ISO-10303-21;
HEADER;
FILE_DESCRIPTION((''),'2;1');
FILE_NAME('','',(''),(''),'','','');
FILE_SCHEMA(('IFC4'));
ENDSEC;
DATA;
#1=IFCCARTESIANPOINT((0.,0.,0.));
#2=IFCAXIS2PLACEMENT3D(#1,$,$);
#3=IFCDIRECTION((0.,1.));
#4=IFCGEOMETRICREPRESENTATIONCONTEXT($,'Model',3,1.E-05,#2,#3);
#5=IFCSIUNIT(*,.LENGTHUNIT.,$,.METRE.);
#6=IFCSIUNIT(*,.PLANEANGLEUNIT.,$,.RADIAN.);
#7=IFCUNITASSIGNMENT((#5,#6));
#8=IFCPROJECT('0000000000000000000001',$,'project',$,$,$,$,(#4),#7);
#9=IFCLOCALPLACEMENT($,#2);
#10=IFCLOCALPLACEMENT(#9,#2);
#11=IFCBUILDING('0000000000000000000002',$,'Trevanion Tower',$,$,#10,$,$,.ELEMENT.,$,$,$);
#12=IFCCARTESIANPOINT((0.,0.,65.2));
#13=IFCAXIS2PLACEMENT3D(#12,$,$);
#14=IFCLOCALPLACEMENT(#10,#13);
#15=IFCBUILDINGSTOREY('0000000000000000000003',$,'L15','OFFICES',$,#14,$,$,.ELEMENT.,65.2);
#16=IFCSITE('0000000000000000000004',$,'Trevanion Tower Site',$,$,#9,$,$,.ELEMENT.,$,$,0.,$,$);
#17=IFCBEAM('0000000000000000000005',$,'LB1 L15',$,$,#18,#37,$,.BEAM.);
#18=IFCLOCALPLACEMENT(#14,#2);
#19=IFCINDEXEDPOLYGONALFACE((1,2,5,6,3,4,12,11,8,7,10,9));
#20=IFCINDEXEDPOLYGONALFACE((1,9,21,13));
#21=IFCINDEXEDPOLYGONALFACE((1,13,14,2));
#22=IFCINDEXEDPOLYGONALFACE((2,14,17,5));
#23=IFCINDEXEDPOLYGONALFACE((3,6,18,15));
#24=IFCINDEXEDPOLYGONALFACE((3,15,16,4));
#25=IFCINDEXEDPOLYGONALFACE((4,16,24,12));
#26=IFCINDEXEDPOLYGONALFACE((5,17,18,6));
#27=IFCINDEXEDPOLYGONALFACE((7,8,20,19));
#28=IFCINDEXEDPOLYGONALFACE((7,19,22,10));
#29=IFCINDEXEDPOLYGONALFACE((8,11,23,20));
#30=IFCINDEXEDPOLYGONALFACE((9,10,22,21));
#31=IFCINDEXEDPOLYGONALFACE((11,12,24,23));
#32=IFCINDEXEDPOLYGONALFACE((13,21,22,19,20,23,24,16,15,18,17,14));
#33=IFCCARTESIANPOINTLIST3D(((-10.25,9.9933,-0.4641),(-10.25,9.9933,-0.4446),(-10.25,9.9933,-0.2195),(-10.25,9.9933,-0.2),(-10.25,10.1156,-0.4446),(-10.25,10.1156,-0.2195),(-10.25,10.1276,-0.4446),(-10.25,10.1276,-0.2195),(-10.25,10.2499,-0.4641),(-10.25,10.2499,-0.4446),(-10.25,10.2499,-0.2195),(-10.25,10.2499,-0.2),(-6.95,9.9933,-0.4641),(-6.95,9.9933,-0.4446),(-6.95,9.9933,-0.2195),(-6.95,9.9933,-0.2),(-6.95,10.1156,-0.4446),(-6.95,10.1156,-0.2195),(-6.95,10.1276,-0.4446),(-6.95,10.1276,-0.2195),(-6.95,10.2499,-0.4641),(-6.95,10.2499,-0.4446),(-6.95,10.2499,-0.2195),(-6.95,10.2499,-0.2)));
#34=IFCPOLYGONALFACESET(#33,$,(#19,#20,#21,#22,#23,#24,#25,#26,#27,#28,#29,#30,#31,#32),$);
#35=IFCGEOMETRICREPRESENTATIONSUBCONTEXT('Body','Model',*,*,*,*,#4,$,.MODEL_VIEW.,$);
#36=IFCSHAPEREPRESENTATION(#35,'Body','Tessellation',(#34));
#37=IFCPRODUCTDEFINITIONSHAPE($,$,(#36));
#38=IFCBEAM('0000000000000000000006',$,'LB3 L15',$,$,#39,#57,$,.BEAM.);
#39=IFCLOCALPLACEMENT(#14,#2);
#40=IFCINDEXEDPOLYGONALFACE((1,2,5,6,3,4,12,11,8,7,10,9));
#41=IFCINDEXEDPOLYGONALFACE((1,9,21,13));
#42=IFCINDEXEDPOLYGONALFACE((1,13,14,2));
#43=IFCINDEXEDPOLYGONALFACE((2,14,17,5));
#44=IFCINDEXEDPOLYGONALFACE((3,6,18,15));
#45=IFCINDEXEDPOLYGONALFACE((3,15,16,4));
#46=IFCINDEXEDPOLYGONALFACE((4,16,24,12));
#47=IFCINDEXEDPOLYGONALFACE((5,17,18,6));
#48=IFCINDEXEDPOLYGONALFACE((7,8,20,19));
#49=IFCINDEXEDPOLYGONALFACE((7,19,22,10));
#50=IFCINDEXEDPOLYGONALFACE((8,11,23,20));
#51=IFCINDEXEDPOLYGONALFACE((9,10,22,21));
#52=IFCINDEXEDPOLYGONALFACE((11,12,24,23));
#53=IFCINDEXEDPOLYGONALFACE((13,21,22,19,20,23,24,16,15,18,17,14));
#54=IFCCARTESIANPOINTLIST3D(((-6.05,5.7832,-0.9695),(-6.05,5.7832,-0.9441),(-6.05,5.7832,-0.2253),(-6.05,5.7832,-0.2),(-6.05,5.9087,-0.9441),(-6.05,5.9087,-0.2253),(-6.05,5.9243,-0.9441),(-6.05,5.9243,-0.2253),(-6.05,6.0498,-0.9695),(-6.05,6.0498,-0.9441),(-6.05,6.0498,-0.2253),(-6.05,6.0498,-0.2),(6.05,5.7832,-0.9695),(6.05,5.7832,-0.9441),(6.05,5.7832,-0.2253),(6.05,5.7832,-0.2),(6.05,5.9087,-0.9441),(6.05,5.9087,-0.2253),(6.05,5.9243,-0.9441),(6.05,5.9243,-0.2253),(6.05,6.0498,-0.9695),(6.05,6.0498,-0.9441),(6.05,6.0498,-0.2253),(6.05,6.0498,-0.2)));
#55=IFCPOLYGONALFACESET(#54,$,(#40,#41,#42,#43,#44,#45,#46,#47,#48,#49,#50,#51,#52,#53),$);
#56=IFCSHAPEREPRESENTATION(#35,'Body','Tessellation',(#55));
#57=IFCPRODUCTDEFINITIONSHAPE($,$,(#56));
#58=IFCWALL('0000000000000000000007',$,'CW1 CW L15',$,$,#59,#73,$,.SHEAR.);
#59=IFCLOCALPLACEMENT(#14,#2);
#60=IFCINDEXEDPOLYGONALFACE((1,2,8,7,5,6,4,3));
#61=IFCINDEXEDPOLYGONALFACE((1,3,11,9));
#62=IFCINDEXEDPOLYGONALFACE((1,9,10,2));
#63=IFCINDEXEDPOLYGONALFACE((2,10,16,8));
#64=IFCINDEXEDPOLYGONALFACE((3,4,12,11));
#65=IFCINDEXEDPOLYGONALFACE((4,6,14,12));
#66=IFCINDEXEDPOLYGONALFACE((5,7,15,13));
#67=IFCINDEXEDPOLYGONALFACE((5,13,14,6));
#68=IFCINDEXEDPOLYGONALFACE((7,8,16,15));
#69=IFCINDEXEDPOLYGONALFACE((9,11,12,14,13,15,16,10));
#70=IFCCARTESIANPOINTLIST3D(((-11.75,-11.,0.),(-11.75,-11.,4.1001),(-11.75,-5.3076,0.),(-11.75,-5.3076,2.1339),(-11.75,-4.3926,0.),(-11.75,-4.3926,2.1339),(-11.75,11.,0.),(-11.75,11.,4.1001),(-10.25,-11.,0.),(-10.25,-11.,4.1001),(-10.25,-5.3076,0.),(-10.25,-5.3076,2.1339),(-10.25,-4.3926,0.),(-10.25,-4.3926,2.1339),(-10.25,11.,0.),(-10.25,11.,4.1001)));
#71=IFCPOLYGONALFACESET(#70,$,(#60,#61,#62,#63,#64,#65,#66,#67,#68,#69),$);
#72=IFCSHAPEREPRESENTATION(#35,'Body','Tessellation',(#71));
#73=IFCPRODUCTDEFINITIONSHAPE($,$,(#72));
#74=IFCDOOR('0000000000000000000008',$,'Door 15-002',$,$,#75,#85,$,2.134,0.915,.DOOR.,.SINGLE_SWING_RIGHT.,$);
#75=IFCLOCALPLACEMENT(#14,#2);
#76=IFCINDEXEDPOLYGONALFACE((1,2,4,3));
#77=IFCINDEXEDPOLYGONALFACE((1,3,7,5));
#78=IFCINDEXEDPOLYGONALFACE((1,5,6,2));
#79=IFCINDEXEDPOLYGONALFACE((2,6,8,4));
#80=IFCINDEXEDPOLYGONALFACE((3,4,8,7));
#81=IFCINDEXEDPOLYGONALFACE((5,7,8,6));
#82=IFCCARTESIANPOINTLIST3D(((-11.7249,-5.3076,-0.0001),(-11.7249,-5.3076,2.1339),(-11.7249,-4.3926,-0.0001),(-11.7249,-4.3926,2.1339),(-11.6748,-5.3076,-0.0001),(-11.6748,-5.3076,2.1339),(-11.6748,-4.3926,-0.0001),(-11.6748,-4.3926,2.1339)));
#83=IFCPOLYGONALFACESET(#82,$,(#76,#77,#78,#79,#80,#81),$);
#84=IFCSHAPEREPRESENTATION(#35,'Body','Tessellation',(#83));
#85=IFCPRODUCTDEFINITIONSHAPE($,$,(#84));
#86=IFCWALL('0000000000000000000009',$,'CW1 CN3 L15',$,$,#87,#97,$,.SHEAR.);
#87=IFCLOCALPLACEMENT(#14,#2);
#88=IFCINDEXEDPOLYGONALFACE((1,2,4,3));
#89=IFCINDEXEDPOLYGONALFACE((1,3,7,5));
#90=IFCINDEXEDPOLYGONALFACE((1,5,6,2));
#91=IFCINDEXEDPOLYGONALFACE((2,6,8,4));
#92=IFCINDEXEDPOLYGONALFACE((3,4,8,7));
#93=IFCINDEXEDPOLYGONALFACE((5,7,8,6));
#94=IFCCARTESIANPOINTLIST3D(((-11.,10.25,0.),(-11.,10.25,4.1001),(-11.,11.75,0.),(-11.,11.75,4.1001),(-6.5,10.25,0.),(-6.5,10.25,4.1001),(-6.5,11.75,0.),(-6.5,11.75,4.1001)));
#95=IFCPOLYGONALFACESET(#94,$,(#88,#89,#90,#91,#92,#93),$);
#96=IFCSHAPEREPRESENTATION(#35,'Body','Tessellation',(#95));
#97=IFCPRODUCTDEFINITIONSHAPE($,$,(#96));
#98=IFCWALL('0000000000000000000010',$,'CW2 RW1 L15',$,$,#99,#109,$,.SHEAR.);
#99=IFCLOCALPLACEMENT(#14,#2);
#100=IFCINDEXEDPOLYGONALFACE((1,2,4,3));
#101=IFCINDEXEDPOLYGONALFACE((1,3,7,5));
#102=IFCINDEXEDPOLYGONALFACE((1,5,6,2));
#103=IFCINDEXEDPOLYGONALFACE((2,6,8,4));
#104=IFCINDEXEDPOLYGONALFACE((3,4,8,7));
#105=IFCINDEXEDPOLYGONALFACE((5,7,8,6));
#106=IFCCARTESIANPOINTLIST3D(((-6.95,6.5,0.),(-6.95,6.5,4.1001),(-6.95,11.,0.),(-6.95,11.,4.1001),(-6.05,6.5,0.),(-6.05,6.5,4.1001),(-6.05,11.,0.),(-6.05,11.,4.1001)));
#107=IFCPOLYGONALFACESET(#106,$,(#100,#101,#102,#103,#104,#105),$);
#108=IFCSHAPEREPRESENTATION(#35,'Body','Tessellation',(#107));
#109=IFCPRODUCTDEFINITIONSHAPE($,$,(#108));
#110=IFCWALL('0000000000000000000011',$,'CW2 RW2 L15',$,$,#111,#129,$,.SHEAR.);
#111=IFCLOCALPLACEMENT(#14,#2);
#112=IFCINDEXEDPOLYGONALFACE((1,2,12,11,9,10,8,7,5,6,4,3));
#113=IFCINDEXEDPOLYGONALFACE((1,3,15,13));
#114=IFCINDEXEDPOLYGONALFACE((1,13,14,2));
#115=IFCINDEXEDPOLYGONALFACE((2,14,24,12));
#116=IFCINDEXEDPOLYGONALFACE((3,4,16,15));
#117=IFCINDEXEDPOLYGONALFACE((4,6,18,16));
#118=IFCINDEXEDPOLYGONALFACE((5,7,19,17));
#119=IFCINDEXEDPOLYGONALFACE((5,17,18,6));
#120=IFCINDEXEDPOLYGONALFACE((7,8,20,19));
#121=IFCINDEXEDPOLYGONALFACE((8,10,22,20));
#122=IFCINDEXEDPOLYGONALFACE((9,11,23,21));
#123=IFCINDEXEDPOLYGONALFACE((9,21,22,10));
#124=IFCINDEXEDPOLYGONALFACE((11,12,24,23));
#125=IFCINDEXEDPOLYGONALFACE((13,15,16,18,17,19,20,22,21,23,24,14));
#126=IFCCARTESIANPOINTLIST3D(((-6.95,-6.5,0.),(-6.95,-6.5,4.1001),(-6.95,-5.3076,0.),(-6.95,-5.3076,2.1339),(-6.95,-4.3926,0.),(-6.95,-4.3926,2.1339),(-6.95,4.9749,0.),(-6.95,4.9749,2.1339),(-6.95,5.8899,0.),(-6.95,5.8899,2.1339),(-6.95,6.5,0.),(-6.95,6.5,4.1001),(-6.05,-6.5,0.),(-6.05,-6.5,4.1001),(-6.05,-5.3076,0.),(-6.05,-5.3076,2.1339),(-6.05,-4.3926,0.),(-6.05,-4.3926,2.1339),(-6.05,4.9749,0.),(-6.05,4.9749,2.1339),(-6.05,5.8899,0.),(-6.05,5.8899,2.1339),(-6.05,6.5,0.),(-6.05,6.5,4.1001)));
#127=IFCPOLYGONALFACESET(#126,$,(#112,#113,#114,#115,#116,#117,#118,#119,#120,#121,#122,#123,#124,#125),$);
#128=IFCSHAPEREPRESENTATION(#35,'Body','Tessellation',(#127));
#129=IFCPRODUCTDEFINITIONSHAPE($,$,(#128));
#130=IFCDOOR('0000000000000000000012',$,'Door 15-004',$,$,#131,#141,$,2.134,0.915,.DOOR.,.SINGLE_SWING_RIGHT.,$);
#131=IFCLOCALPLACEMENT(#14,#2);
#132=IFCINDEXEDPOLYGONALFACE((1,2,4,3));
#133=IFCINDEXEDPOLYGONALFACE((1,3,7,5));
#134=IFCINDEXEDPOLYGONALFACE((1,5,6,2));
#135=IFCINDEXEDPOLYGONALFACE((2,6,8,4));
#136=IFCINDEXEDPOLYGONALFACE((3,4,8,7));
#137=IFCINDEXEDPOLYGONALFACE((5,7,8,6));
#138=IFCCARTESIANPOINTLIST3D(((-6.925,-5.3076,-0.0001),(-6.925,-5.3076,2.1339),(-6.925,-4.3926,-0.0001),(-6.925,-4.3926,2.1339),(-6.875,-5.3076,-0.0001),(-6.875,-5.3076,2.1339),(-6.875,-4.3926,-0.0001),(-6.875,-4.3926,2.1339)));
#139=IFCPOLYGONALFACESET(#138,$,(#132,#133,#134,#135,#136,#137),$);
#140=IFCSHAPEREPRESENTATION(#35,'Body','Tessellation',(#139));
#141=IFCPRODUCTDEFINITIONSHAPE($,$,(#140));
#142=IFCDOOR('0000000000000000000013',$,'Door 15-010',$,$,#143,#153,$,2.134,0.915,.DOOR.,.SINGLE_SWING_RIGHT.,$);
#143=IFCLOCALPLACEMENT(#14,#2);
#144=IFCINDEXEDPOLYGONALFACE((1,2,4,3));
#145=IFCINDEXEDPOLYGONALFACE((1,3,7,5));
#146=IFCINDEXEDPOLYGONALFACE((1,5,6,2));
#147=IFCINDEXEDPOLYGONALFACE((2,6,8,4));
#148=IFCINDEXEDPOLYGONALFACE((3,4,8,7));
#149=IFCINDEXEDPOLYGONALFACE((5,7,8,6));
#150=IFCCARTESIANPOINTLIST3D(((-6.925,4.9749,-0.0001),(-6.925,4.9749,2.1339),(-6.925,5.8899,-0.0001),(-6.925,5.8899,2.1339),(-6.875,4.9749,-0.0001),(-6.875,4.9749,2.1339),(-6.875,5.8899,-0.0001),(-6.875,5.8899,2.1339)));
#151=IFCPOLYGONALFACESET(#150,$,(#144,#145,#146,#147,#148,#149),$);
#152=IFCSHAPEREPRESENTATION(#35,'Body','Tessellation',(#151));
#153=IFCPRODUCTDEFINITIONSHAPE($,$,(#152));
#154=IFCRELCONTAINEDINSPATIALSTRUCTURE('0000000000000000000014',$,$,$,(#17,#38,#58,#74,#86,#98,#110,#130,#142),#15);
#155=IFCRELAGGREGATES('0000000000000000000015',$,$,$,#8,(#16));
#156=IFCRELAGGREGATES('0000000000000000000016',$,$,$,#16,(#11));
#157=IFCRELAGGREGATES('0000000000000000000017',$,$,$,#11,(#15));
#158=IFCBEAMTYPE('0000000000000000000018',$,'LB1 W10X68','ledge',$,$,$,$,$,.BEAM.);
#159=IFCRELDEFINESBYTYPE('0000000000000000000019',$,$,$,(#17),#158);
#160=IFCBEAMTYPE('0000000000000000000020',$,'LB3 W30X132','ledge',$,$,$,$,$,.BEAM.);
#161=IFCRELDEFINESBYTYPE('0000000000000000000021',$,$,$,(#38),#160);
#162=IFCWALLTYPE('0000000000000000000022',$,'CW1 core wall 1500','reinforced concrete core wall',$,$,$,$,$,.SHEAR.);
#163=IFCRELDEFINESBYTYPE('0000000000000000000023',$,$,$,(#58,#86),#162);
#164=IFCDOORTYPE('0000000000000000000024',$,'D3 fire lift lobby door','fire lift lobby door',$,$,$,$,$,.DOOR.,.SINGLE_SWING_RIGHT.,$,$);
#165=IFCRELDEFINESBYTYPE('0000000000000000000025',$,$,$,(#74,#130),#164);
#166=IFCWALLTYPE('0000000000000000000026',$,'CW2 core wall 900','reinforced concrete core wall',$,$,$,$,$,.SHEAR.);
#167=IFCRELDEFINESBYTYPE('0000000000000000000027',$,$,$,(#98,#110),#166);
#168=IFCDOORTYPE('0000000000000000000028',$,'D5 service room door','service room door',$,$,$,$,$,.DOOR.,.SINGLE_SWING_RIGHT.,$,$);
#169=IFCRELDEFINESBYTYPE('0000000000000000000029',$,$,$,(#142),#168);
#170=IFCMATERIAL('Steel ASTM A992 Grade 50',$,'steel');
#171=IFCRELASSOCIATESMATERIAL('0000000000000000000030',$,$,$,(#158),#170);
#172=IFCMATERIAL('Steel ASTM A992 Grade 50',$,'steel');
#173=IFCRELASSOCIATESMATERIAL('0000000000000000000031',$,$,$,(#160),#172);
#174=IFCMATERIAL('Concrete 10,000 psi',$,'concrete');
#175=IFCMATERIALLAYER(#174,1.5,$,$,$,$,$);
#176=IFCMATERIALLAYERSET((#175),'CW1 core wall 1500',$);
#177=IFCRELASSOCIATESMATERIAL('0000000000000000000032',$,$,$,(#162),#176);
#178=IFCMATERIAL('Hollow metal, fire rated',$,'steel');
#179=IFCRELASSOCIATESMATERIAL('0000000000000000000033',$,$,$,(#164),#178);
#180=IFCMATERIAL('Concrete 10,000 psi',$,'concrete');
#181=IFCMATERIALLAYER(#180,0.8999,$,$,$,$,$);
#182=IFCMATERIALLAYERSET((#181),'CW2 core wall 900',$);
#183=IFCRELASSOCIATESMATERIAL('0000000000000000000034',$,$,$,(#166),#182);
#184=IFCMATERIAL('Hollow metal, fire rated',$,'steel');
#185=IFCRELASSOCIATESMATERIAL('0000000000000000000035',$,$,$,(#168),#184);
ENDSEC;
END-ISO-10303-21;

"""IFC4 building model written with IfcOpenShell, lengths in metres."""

from ifc_helpers import new_model, si_unit, direction, frame, frame_2d, origin, origin_2d, place, context, subcontext, project, spatial, rectangle, i_section, extrude, material, layer, layer_set, material_profile, profile_set, type_object, element, fill, save


model = new_model("IFC4")

# Units and contexts
model_context = context("Model", 3, precision=1e-05, world=origin(), true_north=direction((0.0, 1.0)))
body_context = subcontext(model_context, "Body", "Model", "MODEL_VIEW")
ifc_project = project(units=[si_unit("LENGTHUNIT", "METRE"), si_unit("PLANEANGLEUNIT", "RADIAN")], contexts=[model_context])

# Site, building, storey
site_placement = place(None, origin())
site = spatial("IfcSite", under=ifc_project, at=site_placement, Name="Trevanion Tower Site", CompositionType="ELEMENT", RefElevation=0.0)
building_placement = place(site_placement, origin())
building = spatial("IfcBuilding", under=site, at=building_placement, Name="Trevanion Tower", CompositionType="ELEMENT")
storey_placement = place(building_placement, frame((0.0, 0.0, 65.2)))
storey = spatial("IfcBuildingStorey", under=building, at=storey_placement, Name="L15", Description="OFFICES", CompositionType="ELEMENT", Elevation=65.2)

# Beams
ifc_material_1 = material(Name="Steel ASTM A992 Grade 50", Category="steel")
ifc_material_profile_1 = material_profile(ifc_material_1, i_section(OverallWidth=0.2566, OverallDepth=0.2642, WebThickness=0.012, FlangeThickness=0.0195, at=origin_2d()), Name="W10X68")
ifc_profile_set_1 = profile_set([ifc_material_profile_1], Name="Steel ASTM A992 Grade 50")
beam_type_1 = type_object("IfcBeamType", Name="LB1 W10X68", Description="ledge", PredefinedType="BEAM", material=ifc_profile_set_1)
beam_1_placement = place(storey_placement, frame((-10.25, 10.1216, -0.332), z_axis=(1.0, 0.0, 0.0), x_axis=(0.0, 1.0, 0.0)))
element("IfcBeam", 1, at=beam_1_placement, inside=storey, type_object=beam_type_1, Name="LB1 L15", PredefinedType="BEAM", context=body_context, shape_type="SweptSolid", body=[
    extrude(i_section(OverallWidth=0.2566, OverallDepth=0.2642, WebThickness=0.012, FlangeThickness=0.0195, at=origin_2d()), origin(), (0.0, 0.0, 1.0), 3.3),
])
ifc_material_2 = material(Name="Steel ASTM A992 Grade 50", Category="steel")
ifc_material_profile_2 = material_profile(ifc_material_2, i_section(OverallWidth=0.2666, OverallDepth=0.7695, WebThickness=0.0156, FlangeThickness=0.0254, at=origin_2d()), Name="W30X132")
ifc_profile_set_2 = profile_set([ifc_material_profile_2], Name="Steel ASTM A992 Grade 50")
beam_type_2 = type_object("IfcBeamType", Name="LB3 W30X132", Description="ledge", PredefinedType="BEAM", material=ifc_profile_set_2)
beam_2_placement = place(storey_placement, frame((-6.05, 5.9165, -0.5847), z_axis=(1.0, 0.0, 0.0), x_axis=(0.0, 1.0, 0.0)))
element("IfcBeam", 2, at=beam_2_placement, inside=storey, type_object=beam_type_2, Name="LB3 L15", PredefinedType="BEAM", context=body_context, shape_type="SweptSolid", body=[
    extrude(i_section(OverallWidth=0.2666, OverallDepth=0.7695, WebThickness=0.0156, FlangeThickness=0.0254, at=origin_2d()), origin(), (0.0, 0.0, 1.0), 12.1001),
])

# Wall, opening, door
ifc_material_3 = material(Name="Concrete 10,000 psi", Category="concrete")
ifc_layer_1 = layer(ifc_material_3, 1.5)
ifc_layer_set_1 = layer_set([ifc_layer_1], Name="CW1 core wall 1500")
wall_type_1 = type_object("IfcWallType", Name="CW1 core wall 1500", Description="reinforced concrete core wall", PredefinedType="SHEAR", material=ifc_layer_set_1)
wall_1_placement = place(storey_placement, frame((-11.0, 11.0, 0.0), z_axis=(0.0, 0.0, 1.0), x_axis=(0.0, -1.0, 0.0)))
wall_1 = element("IfcWall", 3, at=wall_1_placement, inside=storey, type_object=wall_type_1, Name="CW1 CW L15", PredefinedType="SHEAR", context=body_context, shape_type="SweptSolid", body=[
    extrude(rectangle(XDim=22.0, YDim=1.5, at=frame_2d((11.0, 0.0))), origin(), (0.0, 0.0, 1.0), 4.1001),
])
opening_1_placement = place(wall_1_placement, frame((15.3926, 0.0, 0.0)))
opening_1 = element("IfcOpeningElement", 4, at=opening_1_placement, cuts=wall_1, PredefinedType="OPENING", context=body_context, shape_type="SweptSolid", body=[
    extrude(rectangle(XDim=0.915, YDim=2.134, at=frame_2d((0.4575, 1.0669))), frame((0.0, 0.76, 0.0), z_axis=(0.0, -1.0, 0.0), x_axis=(1.0, 0.0, 0.0)), (0.0, 0.0, 1.0), 1.52),
])
ifc_material_4 = material(Name="Hollow metal, fire rated", Category="steel")
door_type_1 = type_object("IfcDoorType", Name="D3 fire lift lobby door", Description="fire lift lobby door", OperationType="SINGLE_SWING_RIGHT", PredefinedType="DOOR", material=ifc_material_4)
door_1_placement = place(opening_1_placement, origin())
door_1 = element("IfcDoor", 5, at=door_1_placement, inside=storey, type_object=door_type_1, Name="Door 15-002", OperationType="SINGLE_SWING_RIGHT", OverallHeight=2.134, OverallWidth=0.915, PredefinedType="DOOR", context=body_context, shape_type="SweptSolid", body=[
    extrude(rectangle(XDim=0.915, YDim=2.134, at=frame_2d((0.4575, 1.0669))), frame((0.0, -0.6748, 0.0), z_axis=(0.0, -1.0, 0.0), x_axis=(1.0, 0.0, 0.0)), (0.0, 0.0, 1.0), 0.05),
])
fill(opening_1, door_1)

# Walls
wall_2_placement = place(storey_placement, frame((-6.5, 11.0, 0.0), z_axis=(0.0, 0.0, 1.0), x_axis=(-1.0, 0.0, 0.0)))
element("IfcWall", 6, at=wall_2_placement, inside=storey, type_object=wall_type_1, Name="CW1 CN3 L15", PredefinedType="SHEAR", context=body_context, shape_type="SweptSolid", body=[
    extrude(rectangle(XDim=4.5, YDim=1.5, at=frame_2d((2.25, 0.0))), origin(), (0.0, 0.0, 1.0), 4.1001),
])
ifc_material_5 = material(Name="Concrete 10,000 psi", Category="concrete")
ifc_layer_2 = layer(ifc_material_5, 0.8999)
ifc_layer_set_2 = layer_set([ifc_layer_2], Name="CW2 core wall 900")
wall_type_2 = type_object("IfcWallType", Name="CW2 core wall 900", Description="reinforced concrete core wall", PredefinedType="SHEAR", material=ifc_layer_set_2)
wall_3_placement = place(storey_placement, frame((-6.5, 11.0, 0.0), z_axis=(0.0, 0.0, 1.0), x_axis=(0.0, -1.0, 0.0)))
element("IfcWall", 7, at=wall_3_placement, inside=storey, type_object=wall_type_2, Name="CW2 RW1 L15", PredefinedType="SHEAR", context=body_context, shape_type="SweptSolid", body=[
    extrude(rectangle(XDim=4.5, YDim=0.8999, at=frame_2d((2.25, 0.0))), origin(), (0.0, 0.0, 1.0), 4.1001),
])

# Wall, openings, doors
wall_4_placement = place(storey_placement, frame((-6.5, 6.5, 0.0), z_axis=(0.0, 0.0, 1.0), x_axis=(0.0, -1.0, 0.0)))
wall_4 = element("IfcWall", 8, at=wall_4_placement, inside=storey, type_object=wall_type_2, Name="CW2 RW2 L15", PredefinedType="SHEAR", context=body_context, shape_type="SweptSolid", body=[
    extrude(rectangle(XDim=13.0, YDim=0.8999, at=frame_2d((6.5, 0.0))), origin(), (0.0, 0.0, 1.0), 4.1001),
])
opening_2_placement = place(wall_4_placement, frame((10.8926, 0.0, 0.0)))
opening_2 = element("IfcOpeningElement", 9, at=opening_2_placement, cuts=wall_4, PredefinedType="OPENING", context=body_context, shape_type="SweptSolid", body=[
    extrude(rectangle(XDim=0.915, YDim=2.134, at=frame_2d((0.4575, 1.0669))), frame((0.0, 0.46, 0.0), z_axis=(0.0, -1.0, 0.0), x_axis=(1.0, 0.0, 0.0)), (0.0, 0.0, 1.0), 0.9199),
])
opening_3_placement = place(wall_4_placement, frame((0.6101, 0.0, 0.0)))
opening_3 = element("IfcOpeningElement", 10, at=opening_3_placement, cuts=wall_4, PredefinedType="OPENING", context=body_context, shape_type="SweptSolid", body=[
    extrude(rectangle(XDim=0.915, YDim=2.134, at=frame_2d((0.4575, 1.0669))), frame((0.0, 0.46, 0.0), z_axis=(0.0, -1.0, 0.0), x_axis=(1.0, 0.0, 0.0)), (0.0, 0.0, 1.0), 0.9199),
])
door_2_placement = place(opening_2_placement, origin())
door_2 = element("IfcDoor", 11, at=door_2_placement, inside=storey, type_object=door_type_1, Name="Door 15-004", OperationType="SINGLE_SWING_RIGHT", OverallHeight=2.134, OverallWidth=0.915, PredefinedType="DOOR", context=body_context, shape_type="SweptSolid", body=[
    extrude(rectangle(XDim=0.915, YDim=2.134, at=frame_2d((0.4575, 1.0669))), frame((0.0, -0.375, 0.0), z_axis=(0.0, -1.0, 0.0), x_axis=(1.0, 0.0, 0.0)), (0.0, 0.0, 1.0), 0.05),
])
fill(opening_2, door_2)
ifc_material_6 = material(Name="Hollow metal, fire rated", Category="steel")
door_type_2 = type_object("IfcDoorType", Name="D5 service room door", Description="service room door", OperationType="SINGLE_SWING_RIGHT", PredefinedType="DOOR", material=ifc_material_6)
door_3_placement = place(opening_3_placement, origin())
door_3 = element("IfcDoor", 12, at=door_3_placement, inside=storey, type_object=door_type_2, Name="Door 15-010", OperationType="SINGLE_SWING_RIGHT", OverallHeight=2.134, OverallWidth=0.915, PredefinedType="DOOR", context=body_context, shape_type="SweptSolid", body=[
    extrude(rectangle(XDim=0.915, YDim=2.134, at=frame_2d((0.4575, 1.0669))), frame((0.0, -0.375, 0.0), z_axis=(0.0, -1.0, 0.0), x_axis=(1.0, 0.0, 0.0)), (0.0, 0.0, 1.0), 0.05),
])
fill(opening_3, door_3)

save(model, "model.ifc")
